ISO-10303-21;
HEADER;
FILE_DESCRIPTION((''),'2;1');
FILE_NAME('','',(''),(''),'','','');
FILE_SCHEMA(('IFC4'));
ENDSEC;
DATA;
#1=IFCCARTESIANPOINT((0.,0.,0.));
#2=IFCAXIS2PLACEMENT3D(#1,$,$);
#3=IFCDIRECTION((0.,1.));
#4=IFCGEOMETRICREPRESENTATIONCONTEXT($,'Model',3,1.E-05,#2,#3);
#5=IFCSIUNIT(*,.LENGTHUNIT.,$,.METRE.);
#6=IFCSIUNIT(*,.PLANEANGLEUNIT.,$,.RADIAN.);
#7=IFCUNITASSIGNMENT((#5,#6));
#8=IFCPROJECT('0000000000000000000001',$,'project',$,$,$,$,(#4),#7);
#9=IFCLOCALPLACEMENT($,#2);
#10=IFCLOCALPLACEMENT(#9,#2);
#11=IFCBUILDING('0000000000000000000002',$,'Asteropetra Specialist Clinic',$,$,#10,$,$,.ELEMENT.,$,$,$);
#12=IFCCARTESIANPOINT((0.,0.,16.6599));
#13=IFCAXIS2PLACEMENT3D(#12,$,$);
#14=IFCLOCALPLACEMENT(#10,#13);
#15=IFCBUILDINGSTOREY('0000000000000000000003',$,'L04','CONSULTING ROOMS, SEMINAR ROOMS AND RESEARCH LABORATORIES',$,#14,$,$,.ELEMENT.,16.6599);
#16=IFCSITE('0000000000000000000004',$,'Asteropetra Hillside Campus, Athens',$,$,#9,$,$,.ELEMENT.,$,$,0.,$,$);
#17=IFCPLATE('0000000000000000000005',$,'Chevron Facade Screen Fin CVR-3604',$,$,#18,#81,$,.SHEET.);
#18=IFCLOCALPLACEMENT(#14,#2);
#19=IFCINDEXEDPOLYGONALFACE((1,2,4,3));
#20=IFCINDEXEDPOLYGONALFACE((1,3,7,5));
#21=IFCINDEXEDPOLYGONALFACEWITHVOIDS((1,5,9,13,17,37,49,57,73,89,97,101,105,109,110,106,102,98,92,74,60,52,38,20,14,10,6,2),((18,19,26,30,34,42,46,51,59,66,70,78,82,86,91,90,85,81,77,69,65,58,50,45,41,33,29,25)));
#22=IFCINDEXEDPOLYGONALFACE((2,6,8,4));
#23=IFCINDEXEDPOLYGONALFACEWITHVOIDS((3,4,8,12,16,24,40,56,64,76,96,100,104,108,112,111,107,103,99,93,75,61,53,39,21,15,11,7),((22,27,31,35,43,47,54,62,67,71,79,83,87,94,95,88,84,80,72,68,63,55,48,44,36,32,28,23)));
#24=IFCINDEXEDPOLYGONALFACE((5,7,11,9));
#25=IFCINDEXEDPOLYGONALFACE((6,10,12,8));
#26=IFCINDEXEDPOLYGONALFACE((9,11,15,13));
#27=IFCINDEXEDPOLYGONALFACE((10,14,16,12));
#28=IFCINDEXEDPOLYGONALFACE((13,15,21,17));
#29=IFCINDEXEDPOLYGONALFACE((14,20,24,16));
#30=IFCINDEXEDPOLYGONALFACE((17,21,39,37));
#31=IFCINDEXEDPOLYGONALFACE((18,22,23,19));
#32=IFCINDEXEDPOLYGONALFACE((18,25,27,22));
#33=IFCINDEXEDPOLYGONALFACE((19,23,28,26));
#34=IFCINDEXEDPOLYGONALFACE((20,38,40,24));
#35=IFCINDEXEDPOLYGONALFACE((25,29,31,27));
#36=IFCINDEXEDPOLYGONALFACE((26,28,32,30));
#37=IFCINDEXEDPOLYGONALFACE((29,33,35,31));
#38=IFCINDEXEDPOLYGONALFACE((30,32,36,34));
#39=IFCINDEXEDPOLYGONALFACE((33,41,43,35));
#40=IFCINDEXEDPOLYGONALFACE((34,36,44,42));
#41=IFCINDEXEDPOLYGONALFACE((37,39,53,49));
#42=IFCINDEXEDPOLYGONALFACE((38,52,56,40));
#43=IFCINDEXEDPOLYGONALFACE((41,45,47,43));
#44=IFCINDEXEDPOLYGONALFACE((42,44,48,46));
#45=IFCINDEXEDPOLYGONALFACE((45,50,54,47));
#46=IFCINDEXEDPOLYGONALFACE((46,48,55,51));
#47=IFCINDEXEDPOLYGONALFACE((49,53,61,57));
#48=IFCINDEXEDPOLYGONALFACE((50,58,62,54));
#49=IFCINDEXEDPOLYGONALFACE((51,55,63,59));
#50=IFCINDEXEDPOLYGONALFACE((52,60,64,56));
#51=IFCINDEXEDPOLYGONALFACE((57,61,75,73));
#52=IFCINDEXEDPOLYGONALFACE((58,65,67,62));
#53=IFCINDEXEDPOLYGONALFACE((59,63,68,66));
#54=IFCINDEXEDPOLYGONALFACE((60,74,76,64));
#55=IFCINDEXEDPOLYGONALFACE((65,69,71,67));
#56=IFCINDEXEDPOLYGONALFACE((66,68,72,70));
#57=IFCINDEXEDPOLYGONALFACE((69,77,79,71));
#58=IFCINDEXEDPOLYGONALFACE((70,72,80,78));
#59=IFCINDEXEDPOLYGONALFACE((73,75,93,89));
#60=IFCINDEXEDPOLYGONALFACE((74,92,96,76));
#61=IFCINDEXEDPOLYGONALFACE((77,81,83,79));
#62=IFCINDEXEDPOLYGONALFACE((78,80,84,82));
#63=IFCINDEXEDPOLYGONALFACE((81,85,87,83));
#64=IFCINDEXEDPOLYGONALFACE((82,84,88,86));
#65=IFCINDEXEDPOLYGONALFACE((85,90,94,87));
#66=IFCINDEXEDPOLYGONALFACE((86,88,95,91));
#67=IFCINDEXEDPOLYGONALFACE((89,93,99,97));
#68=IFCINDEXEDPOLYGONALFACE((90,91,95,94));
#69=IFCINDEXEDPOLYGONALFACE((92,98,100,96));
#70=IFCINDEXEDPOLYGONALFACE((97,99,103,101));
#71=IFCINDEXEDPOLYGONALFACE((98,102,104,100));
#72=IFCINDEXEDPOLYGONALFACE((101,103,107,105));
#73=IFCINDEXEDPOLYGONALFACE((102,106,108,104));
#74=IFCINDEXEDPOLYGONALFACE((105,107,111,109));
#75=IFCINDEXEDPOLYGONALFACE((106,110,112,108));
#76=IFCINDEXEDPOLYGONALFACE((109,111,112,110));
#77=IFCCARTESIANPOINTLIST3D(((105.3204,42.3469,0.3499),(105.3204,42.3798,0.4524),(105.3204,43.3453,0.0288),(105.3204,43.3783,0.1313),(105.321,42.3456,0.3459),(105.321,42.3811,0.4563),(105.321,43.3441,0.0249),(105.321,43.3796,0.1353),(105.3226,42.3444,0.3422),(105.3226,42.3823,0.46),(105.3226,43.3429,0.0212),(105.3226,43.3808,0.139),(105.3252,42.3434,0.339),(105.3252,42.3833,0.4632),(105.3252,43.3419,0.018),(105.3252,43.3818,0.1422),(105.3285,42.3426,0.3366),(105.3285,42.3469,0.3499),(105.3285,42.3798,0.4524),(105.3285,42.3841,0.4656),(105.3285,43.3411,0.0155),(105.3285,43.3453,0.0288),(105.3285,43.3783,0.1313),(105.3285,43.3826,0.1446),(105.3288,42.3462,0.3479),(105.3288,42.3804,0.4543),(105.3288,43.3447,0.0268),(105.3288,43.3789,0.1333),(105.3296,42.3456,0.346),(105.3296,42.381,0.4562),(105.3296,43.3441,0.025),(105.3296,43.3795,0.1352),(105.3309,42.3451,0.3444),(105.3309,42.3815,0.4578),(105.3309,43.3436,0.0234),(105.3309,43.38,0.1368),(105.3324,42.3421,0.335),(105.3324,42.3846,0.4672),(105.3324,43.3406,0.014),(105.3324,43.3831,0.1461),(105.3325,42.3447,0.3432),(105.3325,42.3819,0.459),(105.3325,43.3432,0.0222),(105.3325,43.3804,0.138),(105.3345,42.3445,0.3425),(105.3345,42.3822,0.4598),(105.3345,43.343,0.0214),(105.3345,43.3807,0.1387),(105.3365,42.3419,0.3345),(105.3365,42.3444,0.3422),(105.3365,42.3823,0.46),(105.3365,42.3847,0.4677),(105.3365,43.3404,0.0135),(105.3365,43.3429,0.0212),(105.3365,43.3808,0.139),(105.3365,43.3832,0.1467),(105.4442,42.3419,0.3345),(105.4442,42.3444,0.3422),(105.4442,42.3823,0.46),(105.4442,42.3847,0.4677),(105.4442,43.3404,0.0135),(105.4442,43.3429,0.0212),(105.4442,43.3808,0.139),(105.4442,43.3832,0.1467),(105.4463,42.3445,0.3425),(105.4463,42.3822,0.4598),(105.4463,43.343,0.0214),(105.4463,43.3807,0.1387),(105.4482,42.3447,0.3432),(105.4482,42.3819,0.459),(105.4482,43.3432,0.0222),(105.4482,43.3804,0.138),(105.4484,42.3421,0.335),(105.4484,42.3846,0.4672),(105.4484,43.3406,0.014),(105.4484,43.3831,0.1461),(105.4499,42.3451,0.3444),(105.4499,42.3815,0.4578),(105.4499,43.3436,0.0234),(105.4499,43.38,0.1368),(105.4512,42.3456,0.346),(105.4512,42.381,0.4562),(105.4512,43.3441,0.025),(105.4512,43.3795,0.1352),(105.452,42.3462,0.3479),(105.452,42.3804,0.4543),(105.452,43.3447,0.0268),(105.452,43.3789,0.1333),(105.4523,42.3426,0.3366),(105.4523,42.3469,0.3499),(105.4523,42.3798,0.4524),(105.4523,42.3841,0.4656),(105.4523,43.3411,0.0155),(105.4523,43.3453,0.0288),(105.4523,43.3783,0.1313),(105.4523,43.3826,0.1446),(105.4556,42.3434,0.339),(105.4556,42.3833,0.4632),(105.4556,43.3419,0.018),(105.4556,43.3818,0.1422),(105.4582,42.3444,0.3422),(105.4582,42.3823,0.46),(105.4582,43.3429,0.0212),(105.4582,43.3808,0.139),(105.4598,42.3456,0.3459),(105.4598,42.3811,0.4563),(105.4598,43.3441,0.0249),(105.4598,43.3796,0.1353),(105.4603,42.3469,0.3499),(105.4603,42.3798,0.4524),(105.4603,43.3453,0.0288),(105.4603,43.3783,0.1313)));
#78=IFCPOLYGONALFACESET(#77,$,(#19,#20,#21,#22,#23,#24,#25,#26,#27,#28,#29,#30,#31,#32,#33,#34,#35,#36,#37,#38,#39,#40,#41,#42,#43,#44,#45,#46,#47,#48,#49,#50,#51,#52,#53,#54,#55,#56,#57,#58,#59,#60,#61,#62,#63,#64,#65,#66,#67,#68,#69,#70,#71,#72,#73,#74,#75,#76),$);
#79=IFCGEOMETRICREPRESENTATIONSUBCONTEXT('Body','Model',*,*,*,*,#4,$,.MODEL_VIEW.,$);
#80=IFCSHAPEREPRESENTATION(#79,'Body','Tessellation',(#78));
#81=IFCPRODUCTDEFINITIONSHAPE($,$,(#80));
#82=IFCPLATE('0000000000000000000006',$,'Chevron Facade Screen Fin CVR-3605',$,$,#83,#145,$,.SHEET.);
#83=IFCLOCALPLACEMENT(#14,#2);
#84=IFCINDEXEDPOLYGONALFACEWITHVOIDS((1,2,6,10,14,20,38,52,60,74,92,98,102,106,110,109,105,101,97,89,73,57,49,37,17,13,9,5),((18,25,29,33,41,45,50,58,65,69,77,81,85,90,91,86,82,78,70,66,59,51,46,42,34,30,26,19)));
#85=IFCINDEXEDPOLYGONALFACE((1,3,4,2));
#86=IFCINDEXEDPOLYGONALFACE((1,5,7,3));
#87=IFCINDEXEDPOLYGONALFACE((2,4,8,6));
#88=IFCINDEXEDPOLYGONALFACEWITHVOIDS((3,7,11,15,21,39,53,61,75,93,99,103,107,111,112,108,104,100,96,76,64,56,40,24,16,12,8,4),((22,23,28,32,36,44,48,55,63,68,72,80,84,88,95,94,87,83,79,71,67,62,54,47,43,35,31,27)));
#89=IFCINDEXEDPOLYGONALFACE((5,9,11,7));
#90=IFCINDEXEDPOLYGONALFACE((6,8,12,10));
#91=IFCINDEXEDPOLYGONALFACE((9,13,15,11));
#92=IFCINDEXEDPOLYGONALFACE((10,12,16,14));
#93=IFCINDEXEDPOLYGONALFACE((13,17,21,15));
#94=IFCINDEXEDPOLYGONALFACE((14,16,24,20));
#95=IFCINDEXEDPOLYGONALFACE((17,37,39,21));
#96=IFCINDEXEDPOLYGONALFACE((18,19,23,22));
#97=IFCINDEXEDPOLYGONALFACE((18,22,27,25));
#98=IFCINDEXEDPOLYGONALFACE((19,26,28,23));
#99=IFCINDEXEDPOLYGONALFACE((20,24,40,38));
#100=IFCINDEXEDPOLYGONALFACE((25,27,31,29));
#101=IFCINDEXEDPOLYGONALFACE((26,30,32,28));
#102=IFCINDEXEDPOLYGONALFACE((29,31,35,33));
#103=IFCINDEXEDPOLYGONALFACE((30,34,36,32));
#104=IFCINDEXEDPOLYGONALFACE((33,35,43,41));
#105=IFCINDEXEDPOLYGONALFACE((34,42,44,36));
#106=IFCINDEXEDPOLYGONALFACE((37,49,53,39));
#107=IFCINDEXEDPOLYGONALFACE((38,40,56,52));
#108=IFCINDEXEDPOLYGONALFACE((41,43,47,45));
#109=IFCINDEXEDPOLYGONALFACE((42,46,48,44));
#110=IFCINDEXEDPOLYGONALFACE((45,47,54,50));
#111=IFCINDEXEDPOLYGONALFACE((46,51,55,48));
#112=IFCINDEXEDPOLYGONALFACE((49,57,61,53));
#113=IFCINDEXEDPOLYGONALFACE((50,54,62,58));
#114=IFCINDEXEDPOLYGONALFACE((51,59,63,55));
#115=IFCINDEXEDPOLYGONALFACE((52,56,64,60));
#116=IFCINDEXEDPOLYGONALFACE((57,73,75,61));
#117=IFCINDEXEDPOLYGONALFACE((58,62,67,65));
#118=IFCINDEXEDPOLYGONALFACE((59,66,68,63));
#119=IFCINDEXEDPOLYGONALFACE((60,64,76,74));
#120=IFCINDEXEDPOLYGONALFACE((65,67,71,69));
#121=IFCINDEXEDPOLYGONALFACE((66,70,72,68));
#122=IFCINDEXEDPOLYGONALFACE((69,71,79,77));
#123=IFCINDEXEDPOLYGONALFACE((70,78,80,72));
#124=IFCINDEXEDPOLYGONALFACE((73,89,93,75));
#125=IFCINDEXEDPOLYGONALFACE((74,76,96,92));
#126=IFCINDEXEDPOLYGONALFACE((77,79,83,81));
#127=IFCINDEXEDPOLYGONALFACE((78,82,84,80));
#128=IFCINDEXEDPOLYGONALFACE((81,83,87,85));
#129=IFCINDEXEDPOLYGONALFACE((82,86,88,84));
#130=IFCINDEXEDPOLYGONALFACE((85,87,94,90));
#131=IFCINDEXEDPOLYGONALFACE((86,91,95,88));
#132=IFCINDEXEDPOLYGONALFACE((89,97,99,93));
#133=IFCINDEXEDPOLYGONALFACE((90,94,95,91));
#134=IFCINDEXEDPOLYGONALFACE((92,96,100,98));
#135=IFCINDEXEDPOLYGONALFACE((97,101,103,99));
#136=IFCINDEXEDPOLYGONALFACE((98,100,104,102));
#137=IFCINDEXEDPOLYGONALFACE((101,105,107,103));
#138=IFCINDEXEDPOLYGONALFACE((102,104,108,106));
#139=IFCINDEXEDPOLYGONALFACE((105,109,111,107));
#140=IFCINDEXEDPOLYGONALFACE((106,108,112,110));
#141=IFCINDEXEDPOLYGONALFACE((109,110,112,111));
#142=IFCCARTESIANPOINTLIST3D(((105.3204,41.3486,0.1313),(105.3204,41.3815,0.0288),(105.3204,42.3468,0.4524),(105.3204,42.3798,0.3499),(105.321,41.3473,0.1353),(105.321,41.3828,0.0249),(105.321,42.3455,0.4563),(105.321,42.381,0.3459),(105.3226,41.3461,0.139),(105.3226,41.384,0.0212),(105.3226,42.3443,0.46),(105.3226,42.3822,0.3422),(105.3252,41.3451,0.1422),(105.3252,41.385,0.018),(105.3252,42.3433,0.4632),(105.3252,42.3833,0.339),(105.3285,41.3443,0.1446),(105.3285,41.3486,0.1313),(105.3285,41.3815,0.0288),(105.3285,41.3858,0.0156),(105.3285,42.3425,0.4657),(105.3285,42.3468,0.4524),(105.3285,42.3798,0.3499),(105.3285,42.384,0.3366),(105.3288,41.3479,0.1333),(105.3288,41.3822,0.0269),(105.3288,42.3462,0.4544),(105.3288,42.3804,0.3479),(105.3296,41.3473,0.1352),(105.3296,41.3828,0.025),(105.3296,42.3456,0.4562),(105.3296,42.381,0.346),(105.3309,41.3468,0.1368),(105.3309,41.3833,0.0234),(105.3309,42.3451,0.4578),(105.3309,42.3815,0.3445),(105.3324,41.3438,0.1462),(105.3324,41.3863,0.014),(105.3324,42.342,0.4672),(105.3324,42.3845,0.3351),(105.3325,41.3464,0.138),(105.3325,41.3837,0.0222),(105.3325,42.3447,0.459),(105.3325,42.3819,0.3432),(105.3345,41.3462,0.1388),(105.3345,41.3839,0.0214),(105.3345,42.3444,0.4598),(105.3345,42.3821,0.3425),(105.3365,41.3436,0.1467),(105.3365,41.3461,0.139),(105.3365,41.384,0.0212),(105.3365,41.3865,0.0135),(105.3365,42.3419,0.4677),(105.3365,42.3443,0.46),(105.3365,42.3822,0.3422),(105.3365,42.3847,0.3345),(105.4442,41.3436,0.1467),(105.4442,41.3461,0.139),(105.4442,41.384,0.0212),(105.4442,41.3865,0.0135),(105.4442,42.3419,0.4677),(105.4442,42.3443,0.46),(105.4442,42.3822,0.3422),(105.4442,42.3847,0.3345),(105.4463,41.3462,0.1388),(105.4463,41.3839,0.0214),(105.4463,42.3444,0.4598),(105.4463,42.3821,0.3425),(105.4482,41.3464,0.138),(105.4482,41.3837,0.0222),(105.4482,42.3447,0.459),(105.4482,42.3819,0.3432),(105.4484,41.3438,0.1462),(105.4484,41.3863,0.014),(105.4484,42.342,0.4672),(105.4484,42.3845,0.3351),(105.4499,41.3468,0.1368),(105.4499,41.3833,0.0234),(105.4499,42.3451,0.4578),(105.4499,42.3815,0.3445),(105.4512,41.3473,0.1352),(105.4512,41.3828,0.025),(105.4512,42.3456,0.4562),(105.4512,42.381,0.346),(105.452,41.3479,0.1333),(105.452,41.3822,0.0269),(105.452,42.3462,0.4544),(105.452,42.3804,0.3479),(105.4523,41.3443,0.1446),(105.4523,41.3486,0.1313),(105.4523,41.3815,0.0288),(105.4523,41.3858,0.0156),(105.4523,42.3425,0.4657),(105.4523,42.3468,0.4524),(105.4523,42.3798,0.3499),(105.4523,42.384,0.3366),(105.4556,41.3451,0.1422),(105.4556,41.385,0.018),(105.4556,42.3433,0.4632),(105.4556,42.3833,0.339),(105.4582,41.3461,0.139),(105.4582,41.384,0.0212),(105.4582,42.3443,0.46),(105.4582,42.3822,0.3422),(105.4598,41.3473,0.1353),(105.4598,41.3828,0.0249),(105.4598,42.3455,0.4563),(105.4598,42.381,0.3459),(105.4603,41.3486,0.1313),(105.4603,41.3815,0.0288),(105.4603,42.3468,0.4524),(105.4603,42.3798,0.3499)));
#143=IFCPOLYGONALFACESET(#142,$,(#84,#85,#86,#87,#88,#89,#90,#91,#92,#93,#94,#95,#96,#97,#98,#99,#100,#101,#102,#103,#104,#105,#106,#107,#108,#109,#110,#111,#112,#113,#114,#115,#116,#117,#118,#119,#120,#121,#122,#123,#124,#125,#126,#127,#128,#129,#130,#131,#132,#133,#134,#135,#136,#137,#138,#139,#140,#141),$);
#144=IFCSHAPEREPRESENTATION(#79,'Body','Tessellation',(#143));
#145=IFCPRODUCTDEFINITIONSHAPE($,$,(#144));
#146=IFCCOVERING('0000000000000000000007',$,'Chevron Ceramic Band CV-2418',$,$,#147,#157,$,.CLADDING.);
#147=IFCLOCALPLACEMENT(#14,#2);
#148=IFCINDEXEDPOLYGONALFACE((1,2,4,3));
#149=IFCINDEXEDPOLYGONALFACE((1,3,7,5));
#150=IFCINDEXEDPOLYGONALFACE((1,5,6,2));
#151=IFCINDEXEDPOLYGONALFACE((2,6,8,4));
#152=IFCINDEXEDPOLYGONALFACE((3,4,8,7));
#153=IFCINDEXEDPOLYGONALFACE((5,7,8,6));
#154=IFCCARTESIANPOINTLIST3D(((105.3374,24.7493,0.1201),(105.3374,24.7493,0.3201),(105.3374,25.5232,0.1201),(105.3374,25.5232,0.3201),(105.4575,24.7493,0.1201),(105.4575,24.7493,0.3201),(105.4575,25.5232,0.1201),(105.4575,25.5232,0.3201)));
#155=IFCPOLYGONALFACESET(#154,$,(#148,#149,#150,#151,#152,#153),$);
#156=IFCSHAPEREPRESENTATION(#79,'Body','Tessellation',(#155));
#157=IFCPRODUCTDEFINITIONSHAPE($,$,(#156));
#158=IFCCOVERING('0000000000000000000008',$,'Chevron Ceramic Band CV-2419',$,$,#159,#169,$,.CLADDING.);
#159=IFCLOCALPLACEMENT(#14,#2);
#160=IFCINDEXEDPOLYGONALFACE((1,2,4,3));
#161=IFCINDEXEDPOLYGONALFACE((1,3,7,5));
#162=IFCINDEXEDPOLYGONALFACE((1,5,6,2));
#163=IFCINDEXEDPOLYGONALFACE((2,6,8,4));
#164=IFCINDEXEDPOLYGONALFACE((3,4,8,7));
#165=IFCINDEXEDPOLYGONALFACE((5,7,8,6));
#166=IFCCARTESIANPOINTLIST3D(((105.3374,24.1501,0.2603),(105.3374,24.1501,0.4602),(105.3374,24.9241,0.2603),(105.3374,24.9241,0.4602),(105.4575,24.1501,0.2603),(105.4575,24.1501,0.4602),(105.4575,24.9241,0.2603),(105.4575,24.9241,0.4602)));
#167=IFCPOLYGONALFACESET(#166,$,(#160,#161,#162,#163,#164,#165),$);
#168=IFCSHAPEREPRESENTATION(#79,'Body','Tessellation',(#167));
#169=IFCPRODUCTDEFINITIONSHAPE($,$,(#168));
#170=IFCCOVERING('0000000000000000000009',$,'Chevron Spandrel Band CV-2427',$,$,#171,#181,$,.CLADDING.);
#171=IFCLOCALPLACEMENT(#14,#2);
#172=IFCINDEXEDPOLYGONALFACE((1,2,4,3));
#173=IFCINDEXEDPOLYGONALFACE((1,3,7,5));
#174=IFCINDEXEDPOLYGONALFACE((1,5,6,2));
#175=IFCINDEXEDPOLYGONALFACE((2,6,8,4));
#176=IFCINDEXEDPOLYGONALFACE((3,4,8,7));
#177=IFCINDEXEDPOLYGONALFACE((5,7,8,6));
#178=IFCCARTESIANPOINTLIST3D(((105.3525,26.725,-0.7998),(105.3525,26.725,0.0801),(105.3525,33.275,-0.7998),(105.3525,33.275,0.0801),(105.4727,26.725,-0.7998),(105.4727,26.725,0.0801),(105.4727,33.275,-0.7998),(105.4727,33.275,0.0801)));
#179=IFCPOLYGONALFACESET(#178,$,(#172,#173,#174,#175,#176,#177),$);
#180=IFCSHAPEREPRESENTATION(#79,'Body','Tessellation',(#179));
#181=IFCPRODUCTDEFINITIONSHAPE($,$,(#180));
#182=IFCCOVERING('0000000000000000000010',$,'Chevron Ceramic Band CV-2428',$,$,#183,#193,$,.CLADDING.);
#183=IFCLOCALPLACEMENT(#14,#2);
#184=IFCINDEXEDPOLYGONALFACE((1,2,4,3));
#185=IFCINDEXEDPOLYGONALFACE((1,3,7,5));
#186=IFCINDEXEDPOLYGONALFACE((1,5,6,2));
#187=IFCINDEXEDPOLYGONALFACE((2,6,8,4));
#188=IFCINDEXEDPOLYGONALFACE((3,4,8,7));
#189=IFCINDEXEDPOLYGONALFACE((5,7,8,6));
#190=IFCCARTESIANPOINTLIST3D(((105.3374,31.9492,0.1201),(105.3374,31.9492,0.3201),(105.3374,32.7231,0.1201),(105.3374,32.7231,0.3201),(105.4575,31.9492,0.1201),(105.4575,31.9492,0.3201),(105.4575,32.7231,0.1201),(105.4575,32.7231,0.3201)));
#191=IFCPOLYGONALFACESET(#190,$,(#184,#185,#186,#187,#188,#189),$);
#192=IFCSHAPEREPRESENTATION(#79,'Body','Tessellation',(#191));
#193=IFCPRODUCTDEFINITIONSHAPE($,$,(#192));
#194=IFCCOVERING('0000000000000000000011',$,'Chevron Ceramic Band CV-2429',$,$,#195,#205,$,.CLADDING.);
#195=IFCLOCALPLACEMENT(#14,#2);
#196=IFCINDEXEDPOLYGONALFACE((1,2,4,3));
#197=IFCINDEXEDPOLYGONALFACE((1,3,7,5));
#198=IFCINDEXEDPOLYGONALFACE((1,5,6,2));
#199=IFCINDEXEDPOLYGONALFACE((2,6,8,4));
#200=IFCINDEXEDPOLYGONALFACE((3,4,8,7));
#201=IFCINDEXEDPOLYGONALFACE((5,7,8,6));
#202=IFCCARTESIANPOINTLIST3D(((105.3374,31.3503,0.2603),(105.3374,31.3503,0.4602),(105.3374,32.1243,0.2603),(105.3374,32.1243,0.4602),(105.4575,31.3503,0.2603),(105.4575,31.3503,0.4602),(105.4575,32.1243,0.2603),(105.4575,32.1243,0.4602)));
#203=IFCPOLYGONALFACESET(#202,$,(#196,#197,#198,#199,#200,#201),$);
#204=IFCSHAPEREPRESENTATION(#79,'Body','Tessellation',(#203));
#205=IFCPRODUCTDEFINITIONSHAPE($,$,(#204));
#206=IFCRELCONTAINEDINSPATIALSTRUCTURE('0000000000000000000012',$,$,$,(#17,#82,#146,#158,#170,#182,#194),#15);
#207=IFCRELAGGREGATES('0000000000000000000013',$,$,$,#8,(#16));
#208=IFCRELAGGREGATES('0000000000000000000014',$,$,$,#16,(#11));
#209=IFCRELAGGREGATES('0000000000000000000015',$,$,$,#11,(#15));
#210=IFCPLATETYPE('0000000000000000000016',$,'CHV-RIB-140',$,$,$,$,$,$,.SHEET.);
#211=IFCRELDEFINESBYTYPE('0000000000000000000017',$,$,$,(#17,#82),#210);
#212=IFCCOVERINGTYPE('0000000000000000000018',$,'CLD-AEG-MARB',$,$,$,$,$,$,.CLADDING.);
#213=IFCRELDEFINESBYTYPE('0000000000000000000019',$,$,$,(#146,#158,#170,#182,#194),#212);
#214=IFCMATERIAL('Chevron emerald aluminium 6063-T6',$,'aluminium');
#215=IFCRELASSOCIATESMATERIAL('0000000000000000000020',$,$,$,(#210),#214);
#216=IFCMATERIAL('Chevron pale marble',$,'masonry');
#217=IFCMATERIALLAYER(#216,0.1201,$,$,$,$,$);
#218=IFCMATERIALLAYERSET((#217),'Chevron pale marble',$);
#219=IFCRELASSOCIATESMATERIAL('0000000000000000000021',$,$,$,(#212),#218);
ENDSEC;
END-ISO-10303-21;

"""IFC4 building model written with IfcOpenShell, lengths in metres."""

from ifc_helpers import new_model, si_unit, direction, frame, origin, origin_2d, place, context, subcontext, project, spatial, rectangle, hollow_rectangle, extrude, material, layer, layer_set, material_profile, profile_set, type_object, element, save


model = new_model("IFC4")

# Units and contexts
model_context = context("Model", 3, precision=1e-05, world=origin(), true_north=direction((0.0, 1.0)))
body_context = subcontext(model_context, "Body", "Model", "MODEL_VIEW")
ifc_project = project(units=[si_unit("LENGTHUNIT", "METRE"), si_unit("PLANEANGLEUNIT", "RADIAN")], contexts=[model_context])

# Site, building, storey
site_placement = place(None, origin())
site = spatial("IfcSite", under=ifc_project, at=site_placement, Name="Asteropetra Hillside Campus, Athens", CompositionType="ELEMENT", RefElevation=0.0)
building_placement = place(site_placement, origin())
building = spatial("IfcBuilding", under=site, at=building_placement, Name="Asteropetra Specialist Clinic", CompositionType="ELEMENT")
storey_placement = place(building_placement, frame((0.0, 0.0, 16.6599)))
storey = spatial("IfcBuildingStorey", under=building, at=storey_placement, Name="L04", Description="CONSULTING ROOMS, SEMINAR ROOMS AND RESEARCH LABORATORIES", CompositionType="ELEMENT", Elevation=16.6599)

# Plates
ifc_material_1 = material(Name="Chevron emerald aluminium 6063-T6", Category="aluminium")
ifc_material_profile = material_profile(ifc_material_1, hollow_rectangle(XDim=0.1399, YDim=0.1399, WallThickness=0.0081, InnerFilletRadius=0.0081, OuterFilletRadius=0.0161, at=origin_2d()), Name="SHS 140x140x8.0")
ifc_profile_set = profile_set([ifc_material_profile], Name="Chevron emerald aluminium 6063-T6")
plate_type = type_object("IfcPlateType", Name="CHV-RIB-140", PredefinedType="SHEET", material=ifc_profile_set)
for number, where, z_axis, x_axis, name in (
    (1, (105.3904, 43.3618, 0.0801), (0.0, -0.952004, 0.306085), (1.0, 0.0, 0.0), "Chevron Facade Screen Fin CVR-3604"),
):
    element("IfcPlate", number, at=place(storey_placement, frame(where, z_axis=z_axis, x_axis=x_axis)), inside=storey, type_object=plate_type, Name=name, PredefinedType="SHEET", context=body_context, shape_type="SweptSolid", body=[
        extrude(hollow_rectangle(XDim=0.1399, YDim=0.1399, WallThickness=0.0081, InnerFilletRadius=0.0081, OuterFilletRadius=0.0161, at=origin_2d()), origin(), (0.0, 0.0, 1.0), 1.0488),
    ])
plate_1_placement = place(storey_placement, frame((105.3904, 42.3633, 0.4011), z_axis=(0.0, -0.951983, -0.306152), x_axis=(1.0, 0.0, 0.0)))
element("IfcPlate", 2, at=plate_1_placement, inside=storey, type_object=plate_type, Name="Chevron Facade Screen Fin CVR-3605", PredefinedType="SHEET", context=body_context, shape_type="SweptSolid", body=[
    extrude(hollow_rectangle(XDim=0.1399, YDim=0.1399, WallThickness=0.0081, InnerFilletRadius=0.0081, OuterFilletRadius=0.0161, at=origin_2d()), origin(), (0.0, 0.0, 1.0), 1.0486),
])

# Coverings
ifc_material_2 = material(Name="Chevron pale marble", Category="masonry")
ifc_layer = layer(ifc_material_2, 0.1201)
ifc_layer_set = layer_set([ifc_layer], Name="Chevron pale marble")
covering_type = type_object("IfcCoveringType", Name="CLD-AEG-MARB", PredefinedType="CLADDING", material=ifc_layer_set)
for number, where, z_axis, x_axis, name in (
    (3, (105.3975, 25.1362, 0.1201), (0.0, 0.0, 1.0), (1.0, 0.0, 0.0), "Chevron Ceramic Band CV-2418"),
    (4, (105.3975, 24.5371, 0.2603), (0.0, 0.0, 1.0), (1.0, 0.0, 0.0), "Chevron Ceramic Band CV-2419"),
):
    element("IfcCovering", number, at=place(storey_placement, frame(where, z_axis=z_axis, x_axis=x_axis)), inside=storey, type_object=covering_type, Name=name, PredefinedType="CLADDING", context=body_context, shape_type="SweptSolid", body=[
        extrude(rectangle(XDim=0.1201, YDim=0.7739, at=origin_2d()), origin(), (0.0, 0.0, 1.0), 0.2),
    ])
covering_1_placement = place(storey_placement, frame((105.4126, 30.0, -0.7998), z_axis=(0.0, 0.0, 1.0), x_axis=(1.0, 0.0, 0.0)))
element("IfcCovering", 5, at=covering_1_placement, inside=storey, type_object=covering_type, Name="Chevron Spandrel Band CV-2427", PredefinedType="CLADDING", context=body_context, shape_type="SweptSolid", body=[
    extrude(rectangle(XDim=0.1201, YDim=6.55, at=origin_2d()), origin(), (0.0, 0.0, 1.0), 0.8799),
])
for number, where, z_axis, x_axis, name in (
    (6, (105.3975, 32.3362, 0.1201), (0.0, 0.0, 1.0), (1.0, 0.0, 0.0), "Chevron Ceramic Band CV-2428"),
    (7, (105.3975, 31.7373, 0.2603), (0.0, 0.0, 1.0), (1.0, 0.0, 0.0), "Chevron Ceramic Band CV-2429"),
):
    element("IfcCovering", number, at=place(storey_placement, frame(where, z_axis=z_axis, x_axis=x_axis)), inside=storey, type_object=covering_type, Name=name, PredefinedType="CLADDING", context=body_context, shape_type="SweptSolid", body=[
        extrude(rectangle(XDim=0.1201, YDim=0.7739, at=origin_2d()), origin(), (0.0, 0.0, 1.0), 0.2),
    ])

save(model, "model.ifc")
